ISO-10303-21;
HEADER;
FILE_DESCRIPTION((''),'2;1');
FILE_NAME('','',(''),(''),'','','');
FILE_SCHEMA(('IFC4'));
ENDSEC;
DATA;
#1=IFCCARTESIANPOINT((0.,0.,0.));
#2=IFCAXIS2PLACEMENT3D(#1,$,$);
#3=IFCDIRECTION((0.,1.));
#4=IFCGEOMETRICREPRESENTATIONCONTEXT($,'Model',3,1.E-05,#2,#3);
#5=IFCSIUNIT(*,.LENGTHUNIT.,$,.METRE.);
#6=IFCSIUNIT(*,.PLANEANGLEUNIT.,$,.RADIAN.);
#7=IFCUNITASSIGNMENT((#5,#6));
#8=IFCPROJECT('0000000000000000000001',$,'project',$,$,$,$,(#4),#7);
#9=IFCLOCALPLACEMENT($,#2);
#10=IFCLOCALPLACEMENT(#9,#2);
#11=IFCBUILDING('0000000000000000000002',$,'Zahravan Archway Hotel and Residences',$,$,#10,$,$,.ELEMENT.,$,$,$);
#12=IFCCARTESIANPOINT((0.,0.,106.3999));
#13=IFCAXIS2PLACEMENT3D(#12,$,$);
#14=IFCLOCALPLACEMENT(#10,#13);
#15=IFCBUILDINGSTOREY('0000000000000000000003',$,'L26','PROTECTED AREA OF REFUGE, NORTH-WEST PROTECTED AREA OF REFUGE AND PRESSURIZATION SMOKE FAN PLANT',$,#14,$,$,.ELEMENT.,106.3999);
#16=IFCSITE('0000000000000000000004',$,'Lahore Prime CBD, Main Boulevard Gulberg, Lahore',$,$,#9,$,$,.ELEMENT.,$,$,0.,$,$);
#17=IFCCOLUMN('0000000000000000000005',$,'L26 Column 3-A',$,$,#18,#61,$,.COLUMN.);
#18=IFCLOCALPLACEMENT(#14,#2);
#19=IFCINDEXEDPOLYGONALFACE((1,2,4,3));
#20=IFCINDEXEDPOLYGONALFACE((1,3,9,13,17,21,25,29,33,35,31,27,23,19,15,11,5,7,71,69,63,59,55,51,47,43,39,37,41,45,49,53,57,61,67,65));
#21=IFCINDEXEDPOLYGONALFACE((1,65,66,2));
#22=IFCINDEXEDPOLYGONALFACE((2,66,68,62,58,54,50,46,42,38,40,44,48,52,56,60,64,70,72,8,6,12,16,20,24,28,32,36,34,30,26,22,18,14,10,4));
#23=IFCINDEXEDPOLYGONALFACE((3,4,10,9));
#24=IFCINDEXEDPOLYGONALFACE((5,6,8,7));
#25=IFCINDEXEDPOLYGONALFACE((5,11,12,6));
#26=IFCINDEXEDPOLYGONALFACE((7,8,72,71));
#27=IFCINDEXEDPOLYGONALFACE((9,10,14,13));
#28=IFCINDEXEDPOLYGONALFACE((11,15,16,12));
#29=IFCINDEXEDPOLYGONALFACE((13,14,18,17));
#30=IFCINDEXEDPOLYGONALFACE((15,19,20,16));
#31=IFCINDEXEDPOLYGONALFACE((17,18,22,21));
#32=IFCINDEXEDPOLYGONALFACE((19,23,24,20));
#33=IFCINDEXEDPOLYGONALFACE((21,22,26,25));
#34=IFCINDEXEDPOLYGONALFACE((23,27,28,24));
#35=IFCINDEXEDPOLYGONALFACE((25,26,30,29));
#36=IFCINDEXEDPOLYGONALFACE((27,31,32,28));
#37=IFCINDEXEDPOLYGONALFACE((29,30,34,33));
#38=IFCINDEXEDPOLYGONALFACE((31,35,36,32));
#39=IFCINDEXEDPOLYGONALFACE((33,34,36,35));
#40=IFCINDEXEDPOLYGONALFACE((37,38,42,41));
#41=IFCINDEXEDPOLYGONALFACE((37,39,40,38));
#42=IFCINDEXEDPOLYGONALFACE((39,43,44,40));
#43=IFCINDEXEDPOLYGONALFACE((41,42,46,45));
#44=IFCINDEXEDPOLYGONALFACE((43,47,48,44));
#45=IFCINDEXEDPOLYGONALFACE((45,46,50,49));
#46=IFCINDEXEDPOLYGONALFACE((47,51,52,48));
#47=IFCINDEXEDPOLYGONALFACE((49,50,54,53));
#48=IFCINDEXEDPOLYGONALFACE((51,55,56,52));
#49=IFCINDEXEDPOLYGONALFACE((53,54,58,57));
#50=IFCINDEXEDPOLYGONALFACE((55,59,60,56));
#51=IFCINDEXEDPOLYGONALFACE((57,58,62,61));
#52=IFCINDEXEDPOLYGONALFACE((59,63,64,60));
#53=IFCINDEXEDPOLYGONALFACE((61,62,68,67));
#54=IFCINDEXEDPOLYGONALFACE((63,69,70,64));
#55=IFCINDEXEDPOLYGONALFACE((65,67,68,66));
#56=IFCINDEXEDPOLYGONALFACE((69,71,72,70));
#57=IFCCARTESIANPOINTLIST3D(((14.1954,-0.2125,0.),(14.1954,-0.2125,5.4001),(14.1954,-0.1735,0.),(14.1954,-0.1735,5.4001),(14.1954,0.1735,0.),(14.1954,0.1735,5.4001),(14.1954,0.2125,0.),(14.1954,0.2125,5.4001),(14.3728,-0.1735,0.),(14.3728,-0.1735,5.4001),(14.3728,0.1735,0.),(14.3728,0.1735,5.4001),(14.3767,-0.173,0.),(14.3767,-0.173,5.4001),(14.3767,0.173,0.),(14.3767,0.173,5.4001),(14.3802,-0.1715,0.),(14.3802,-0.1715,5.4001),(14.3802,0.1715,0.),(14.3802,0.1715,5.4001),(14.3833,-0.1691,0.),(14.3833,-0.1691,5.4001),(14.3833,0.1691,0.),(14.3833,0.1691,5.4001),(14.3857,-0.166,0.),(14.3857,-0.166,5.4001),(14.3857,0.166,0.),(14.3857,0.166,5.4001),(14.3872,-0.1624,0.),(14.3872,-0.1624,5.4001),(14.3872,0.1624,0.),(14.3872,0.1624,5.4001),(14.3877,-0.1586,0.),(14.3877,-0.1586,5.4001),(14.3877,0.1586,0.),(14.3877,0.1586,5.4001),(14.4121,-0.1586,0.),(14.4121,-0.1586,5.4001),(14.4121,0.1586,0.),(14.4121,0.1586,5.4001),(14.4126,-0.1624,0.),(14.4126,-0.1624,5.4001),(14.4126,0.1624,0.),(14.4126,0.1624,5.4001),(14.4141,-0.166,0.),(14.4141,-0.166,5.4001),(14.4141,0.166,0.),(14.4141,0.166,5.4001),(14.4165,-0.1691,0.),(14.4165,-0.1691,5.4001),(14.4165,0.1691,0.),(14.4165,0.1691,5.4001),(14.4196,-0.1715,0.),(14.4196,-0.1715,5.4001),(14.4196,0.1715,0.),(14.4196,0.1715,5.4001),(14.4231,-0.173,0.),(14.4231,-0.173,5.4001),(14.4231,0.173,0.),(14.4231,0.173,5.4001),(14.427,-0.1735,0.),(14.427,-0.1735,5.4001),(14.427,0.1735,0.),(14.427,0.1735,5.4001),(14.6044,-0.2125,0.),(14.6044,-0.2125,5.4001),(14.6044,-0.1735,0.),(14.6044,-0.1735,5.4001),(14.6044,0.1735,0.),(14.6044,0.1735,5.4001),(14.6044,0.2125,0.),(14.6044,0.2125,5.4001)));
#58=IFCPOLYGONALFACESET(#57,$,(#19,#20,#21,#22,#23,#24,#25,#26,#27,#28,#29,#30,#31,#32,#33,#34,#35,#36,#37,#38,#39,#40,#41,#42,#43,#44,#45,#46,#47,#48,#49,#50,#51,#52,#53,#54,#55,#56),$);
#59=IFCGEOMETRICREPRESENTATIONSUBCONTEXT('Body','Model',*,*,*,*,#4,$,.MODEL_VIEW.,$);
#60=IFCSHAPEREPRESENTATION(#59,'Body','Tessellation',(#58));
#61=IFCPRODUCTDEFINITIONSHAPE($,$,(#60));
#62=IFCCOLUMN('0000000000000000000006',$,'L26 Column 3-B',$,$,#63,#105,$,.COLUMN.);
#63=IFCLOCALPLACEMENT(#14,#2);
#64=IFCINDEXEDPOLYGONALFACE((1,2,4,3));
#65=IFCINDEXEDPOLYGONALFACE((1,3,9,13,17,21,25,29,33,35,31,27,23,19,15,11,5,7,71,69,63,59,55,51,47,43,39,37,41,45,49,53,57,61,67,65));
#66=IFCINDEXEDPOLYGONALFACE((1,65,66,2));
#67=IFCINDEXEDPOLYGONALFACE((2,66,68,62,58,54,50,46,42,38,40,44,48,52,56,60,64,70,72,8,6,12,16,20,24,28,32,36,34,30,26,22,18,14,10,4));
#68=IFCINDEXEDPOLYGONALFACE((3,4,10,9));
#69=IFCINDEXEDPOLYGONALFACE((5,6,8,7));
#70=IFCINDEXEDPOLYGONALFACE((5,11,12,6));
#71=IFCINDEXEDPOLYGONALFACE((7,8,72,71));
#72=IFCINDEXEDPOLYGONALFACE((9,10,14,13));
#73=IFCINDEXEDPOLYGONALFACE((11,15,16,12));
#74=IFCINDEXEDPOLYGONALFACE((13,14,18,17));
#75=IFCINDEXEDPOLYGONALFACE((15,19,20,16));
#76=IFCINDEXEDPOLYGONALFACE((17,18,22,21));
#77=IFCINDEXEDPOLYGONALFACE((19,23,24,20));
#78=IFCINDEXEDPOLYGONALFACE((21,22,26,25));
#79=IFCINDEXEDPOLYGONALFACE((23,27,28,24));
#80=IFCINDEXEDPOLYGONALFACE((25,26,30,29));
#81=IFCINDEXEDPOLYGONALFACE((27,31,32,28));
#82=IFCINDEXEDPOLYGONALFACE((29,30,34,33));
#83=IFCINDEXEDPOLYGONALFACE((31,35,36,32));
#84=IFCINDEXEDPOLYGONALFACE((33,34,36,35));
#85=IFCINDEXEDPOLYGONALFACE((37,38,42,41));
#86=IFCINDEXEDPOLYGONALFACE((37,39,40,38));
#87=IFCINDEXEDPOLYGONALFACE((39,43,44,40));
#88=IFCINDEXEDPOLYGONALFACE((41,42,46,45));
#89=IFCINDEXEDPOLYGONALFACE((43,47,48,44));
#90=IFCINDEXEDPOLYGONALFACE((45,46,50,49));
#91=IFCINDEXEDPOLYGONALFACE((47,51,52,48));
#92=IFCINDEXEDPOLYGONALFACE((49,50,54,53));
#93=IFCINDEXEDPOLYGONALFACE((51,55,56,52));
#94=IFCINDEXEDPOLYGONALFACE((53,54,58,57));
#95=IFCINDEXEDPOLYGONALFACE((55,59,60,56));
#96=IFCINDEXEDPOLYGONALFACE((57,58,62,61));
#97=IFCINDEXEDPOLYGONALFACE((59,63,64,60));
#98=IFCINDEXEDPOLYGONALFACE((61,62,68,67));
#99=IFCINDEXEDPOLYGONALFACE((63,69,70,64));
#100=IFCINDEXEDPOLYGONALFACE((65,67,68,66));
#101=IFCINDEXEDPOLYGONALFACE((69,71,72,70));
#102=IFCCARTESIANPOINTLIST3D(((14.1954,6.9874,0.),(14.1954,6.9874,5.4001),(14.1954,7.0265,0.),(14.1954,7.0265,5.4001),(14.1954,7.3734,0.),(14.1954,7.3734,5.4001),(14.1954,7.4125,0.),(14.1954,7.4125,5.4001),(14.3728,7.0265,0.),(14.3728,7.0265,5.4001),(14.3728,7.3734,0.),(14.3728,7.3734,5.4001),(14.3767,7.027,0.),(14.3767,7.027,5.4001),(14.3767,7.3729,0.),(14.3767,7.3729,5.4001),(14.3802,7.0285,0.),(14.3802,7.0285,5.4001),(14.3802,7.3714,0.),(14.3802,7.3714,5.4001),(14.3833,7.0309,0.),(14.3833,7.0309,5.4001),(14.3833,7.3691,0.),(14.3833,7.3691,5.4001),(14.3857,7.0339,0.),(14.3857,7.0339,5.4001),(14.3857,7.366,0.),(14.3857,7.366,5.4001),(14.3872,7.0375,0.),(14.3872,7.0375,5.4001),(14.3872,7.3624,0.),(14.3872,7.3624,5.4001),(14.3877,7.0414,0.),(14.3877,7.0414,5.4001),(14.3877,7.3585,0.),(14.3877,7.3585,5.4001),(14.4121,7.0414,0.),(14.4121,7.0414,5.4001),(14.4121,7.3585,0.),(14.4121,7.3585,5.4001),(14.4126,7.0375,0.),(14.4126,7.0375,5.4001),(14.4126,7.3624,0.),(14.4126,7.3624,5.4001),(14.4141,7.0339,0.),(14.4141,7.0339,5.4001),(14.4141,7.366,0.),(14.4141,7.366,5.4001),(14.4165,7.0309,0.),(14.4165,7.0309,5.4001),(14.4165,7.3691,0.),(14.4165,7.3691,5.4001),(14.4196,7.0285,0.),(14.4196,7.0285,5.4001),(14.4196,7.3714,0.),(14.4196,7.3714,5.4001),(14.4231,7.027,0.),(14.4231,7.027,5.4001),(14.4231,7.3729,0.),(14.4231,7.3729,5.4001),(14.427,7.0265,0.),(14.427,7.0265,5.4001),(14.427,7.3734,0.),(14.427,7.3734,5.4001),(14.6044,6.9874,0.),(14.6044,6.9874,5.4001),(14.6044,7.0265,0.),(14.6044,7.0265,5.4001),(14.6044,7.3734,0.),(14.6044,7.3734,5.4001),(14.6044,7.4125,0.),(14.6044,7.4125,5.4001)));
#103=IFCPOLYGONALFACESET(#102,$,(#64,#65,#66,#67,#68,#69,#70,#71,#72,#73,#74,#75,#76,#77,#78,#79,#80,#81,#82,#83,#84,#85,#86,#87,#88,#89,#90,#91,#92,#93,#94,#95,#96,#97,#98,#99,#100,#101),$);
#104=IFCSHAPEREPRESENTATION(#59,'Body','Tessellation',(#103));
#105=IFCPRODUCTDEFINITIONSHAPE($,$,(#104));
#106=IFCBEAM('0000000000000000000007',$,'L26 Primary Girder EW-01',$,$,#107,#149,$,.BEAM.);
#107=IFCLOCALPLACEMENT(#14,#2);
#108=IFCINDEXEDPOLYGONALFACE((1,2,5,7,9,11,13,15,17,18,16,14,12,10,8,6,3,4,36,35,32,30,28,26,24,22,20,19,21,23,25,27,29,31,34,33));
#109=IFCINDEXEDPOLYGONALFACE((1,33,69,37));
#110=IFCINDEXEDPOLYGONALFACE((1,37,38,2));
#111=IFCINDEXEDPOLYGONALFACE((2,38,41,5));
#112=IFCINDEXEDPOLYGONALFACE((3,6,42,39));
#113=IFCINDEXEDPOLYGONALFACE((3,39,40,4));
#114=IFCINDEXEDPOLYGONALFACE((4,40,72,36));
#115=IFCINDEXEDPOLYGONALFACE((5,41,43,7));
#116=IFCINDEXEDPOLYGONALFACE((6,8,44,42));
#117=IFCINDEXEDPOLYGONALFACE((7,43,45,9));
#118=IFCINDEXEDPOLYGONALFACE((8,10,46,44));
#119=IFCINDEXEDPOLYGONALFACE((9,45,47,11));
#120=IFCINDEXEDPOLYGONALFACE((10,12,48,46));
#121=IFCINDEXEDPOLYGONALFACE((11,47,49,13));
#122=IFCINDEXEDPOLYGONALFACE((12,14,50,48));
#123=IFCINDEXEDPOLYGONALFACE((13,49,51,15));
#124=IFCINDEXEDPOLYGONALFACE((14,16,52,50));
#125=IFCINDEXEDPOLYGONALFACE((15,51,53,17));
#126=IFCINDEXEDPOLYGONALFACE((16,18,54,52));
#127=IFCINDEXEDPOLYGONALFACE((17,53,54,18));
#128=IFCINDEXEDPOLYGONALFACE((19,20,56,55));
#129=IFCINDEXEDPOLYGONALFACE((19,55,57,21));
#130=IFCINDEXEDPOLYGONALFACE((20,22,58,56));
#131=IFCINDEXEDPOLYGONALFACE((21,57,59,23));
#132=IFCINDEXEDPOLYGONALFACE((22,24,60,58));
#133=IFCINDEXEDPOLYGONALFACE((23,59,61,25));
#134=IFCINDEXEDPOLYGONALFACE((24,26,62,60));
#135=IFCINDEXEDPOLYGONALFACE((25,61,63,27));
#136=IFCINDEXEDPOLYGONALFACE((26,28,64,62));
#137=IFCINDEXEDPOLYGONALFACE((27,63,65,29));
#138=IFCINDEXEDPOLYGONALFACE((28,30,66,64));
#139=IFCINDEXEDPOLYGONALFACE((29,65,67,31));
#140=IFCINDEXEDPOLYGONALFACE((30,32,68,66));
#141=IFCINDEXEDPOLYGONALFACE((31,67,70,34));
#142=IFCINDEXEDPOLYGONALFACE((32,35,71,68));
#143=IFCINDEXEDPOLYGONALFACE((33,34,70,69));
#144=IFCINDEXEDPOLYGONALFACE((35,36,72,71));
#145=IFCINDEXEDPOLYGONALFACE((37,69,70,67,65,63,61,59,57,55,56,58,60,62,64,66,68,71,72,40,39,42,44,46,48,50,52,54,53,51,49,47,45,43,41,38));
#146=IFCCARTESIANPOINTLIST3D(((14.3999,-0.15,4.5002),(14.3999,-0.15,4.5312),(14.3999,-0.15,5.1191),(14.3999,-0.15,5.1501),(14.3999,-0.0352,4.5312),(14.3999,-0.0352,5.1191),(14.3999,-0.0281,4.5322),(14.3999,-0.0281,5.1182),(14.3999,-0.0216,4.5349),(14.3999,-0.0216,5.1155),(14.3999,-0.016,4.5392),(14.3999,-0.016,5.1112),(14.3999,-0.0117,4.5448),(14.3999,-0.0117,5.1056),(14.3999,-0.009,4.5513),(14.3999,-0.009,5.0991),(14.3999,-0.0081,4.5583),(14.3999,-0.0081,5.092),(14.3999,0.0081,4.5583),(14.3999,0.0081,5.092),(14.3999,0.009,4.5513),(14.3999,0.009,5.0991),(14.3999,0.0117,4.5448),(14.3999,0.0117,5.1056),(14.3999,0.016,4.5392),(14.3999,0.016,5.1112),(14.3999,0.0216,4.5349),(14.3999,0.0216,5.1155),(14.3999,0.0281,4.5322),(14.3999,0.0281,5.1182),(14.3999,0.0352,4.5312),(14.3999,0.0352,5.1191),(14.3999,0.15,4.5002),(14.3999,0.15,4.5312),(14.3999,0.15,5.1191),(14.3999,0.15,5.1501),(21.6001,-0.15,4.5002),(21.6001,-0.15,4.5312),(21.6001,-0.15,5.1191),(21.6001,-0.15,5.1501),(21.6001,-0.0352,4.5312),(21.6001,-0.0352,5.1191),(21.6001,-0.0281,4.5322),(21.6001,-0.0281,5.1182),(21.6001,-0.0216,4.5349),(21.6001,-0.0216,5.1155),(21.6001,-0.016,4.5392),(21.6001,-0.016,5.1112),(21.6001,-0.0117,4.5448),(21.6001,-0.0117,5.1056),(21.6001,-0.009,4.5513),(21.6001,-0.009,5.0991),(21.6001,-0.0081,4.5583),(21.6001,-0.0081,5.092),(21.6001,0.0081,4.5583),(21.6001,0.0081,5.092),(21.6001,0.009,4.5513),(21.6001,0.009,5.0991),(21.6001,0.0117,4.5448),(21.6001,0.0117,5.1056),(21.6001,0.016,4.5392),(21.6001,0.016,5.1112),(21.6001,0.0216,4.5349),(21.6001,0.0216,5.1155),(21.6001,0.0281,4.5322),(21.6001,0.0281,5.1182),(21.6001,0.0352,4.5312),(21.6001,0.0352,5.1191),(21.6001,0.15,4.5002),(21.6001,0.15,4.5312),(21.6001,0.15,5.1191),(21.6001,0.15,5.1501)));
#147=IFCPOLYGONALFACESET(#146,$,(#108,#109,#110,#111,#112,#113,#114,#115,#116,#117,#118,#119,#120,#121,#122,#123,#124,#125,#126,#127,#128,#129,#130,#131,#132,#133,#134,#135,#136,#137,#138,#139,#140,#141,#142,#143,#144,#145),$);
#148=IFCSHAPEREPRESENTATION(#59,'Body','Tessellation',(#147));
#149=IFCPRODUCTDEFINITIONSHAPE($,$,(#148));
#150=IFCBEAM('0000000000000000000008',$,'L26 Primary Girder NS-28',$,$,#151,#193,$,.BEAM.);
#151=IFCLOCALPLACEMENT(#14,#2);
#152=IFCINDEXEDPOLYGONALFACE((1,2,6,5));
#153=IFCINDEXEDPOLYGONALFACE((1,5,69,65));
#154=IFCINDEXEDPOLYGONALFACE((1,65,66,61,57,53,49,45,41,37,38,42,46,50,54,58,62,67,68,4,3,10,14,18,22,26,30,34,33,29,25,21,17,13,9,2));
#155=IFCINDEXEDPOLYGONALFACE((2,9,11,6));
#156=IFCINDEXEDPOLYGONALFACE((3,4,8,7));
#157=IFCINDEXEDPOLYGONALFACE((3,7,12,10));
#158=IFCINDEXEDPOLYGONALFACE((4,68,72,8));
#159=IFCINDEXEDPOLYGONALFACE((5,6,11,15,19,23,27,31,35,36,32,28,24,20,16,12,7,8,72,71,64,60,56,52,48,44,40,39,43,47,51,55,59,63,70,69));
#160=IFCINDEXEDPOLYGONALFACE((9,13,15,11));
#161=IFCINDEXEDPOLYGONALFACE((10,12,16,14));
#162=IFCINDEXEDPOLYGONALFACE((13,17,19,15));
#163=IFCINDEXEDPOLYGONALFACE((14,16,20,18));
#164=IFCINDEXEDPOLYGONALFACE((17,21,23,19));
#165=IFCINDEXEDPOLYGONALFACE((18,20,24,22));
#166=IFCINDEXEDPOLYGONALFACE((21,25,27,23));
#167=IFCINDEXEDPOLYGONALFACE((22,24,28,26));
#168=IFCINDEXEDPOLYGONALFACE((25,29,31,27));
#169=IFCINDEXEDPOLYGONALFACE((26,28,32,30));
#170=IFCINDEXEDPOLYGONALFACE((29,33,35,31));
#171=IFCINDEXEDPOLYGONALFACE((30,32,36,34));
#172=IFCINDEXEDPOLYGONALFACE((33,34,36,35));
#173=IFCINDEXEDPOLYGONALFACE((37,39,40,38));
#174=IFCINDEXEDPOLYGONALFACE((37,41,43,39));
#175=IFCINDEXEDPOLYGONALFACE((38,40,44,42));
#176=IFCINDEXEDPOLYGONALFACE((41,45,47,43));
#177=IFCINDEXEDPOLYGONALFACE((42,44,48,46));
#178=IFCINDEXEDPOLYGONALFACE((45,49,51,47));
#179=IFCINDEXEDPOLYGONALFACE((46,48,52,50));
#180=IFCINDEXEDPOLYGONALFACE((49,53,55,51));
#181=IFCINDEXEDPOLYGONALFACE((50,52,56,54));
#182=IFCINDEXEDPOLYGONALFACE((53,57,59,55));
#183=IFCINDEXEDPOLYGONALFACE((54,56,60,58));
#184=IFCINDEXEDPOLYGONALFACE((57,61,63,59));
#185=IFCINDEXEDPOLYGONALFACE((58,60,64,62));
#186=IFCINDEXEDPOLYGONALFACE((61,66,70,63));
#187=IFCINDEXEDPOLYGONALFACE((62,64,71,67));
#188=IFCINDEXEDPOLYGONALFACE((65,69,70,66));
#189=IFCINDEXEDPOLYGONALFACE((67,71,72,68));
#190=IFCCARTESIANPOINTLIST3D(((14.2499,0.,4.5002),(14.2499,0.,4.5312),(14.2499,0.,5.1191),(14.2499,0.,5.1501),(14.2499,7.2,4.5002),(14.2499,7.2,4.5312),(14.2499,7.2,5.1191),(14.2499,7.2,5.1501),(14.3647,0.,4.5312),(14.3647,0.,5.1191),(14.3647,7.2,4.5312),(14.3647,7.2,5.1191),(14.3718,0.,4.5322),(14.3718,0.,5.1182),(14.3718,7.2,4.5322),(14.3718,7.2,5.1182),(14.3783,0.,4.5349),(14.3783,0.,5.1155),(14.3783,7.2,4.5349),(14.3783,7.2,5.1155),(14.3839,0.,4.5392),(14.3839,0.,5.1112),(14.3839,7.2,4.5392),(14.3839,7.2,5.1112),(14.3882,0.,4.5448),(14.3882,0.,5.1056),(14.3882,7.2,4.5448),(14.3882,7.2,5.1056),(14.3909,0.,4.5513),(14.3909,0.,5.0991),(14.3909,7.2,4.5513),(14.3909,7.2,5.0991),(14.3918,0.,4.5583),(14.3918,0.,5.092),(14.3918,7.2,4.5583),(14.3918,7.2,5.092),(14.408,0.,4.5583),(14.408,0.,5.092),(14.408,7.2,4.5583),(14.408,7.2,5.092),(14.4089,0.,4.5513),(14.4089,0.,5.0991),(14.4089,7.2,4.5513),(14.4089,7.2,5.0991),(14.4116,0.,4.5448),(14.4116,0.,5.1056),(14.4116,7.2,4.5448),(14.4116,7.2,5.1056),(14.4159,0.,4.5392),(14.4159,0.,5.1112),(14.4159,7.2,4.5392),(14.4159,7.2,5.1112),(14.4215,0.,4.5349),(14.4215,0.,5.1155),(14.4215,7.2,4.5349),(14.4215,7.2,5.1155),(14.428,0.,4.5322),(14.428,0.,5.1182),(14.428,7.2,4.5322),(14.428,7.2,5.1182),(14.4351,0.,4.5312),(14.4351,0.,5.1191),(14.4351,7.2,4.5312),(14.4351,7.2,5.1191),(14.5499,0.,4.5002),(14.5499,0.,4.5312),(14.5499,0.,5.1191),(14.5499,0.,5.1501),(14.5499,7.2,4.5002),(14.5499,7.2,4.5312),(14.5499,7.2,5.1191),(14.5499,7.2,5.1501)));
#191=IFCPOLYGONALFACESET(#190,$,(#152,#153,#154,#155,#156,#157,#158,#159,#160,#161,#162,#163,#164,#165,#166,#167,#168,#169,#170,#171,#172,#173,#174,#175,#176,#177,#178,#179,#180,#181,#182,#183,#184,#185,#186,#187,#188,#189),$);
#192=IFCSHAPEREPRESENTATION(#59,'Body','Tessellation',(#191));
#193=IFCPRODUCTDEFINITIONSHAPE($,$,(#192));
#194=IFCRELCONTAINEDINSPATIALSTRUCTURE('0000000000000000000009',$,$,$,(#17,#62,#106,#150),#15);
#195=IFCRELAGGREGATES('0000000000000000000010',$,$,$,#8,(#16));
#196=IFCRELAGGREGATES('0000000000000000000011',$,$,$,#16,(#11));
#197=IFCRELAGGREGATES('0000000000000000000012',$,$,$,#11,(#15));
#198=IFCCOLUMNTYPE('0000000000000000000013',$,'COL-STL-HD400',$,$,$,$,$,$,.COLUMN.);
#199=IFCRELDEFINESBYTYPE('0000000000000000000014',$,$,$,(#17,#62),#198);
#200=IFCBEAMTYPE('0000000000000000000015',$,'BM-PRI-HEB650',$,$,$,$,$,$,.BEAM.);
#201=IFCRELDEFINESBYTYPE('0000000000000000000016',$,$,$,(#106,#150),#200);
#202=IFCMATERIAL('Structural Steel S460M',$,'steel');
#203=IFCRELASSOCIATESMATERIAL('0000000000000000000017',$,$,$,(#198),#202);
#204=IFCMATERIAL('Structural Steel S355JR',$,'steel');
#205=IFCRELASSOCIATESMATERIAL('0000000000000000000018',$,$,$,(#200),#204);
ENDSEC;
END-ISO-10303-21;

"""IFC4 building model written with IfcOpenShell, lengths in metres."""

from ifc_helpers import new_model, si_unit, direction, frame, origin, origin_2d, place, context, subcontext, project, spatial, i_section, extrude, source, transform, mapped, material, material_profile, profile_set, type_object, type_shapes, element, save


model = new_model("IFC4")

# Units and contexts
model_context = context("Model", 3, precision=1e-05, world=origin(), true_north=direction((0.0, 1.0)))
body_context = subcontext(model_context, "Body", "Model", "MODEL_VIEW")
ifc_project = project(units=[si_unit("LENGTHUNIT", "METRE"), si_unit("PLANEANGLEUNIT", "RADIAN")], contexts=[model_context])

# Site, building, storey
site_placement = place(None, origin())
site = spatial("IfcSite", under=ifc_project, at=site_placement, Name="Lahore Prime CBD, Main Boulevard Gulberg, Lahore", CompositionType="ELEMENT", RefElevation=0.0)
building_placement = place(site_placement, origin())
building = spatial("IfcBuilding", under=site, at=building_placement, Name="Zahravan Archway Hotel and Residences", CompositionType="ELEMENT")
storey_placement = place(building_placement, frame((0.0, 0.0, 106.3999)))
storey = spatial("IfcBuildingStorey", under=building, at=storey_placement, Name="L26", Description="PROTECTED AREA OF REFUGE, NORTH-WEST PROTECTED AREA OF REFUGE AND PRESSURIZATION SMOKE FAN PLANT", CompositionType="ELEMENT", Elevation=106.3999)

# Columns
ifc_material_1 = material(Name="Structural Steel S460M", Category="steel")
ifc_material_profile_1 = material_profile(ifc_material_1, i_section(OverallWidth=0.4089, OverallDepth=0.425, WebThickness=0.0244, FlangeThickness=0.0391, FilletRadius=0.0149, at=origin_2d()), Name="HD 400x421", Category="steel")
ifc_profile_set_1 = profile_set([ifc_material_profile_1], Name="Structural Steel S460M")
column_type = type_object("IfcColumnType", Name="COL-STL-HD400", PredefinedType="COLUMN", material=ifc_profile_set_1)
shared_shape_1 = source(origin(), body_context, "Body", "SweptSolid", [
    extrude(i_section(OverallWidth=0.4089, OverallDepth=0.425, WebThickness=0.0244, FlangeThickness=0.0391, FilletRadius=0.0149, at=origin_2d()), origin(), (0.0, 0.0, 1.0), 5.4001),
])
for number, where, z_axis, x_axis, name in (
    (1, (14.3999, 0.0, 0.0), (0.0, 0.0, 1.0), (1.0, 0.0, 0.0), "L26 Column 3-A"),
    (2, (14.3999, 7.2, 0.0), (0.0, 0.0, 1.0), (1.0, 0.0, 0.0), "L26 Column 3-B"),
):
    element("IfcColumn", number, at=place(storey_placement, frame(where, z_axis=z_axis, x_axis=x_axis)), inside=storey, type_object=column_type, Name=name, PredefinedType="COLUMN", context=body_context, shape_type="MappedRepresentation", body=[
        mapped(shared_shape_1, transform((0.0, 0.0, 0.0), scale=1.0)),
    ])

# Beams
ifc_material_2 = material(Name="Structural Steel S355JR", Category="steel")
ifc_material_profile_2 = material_profile(ifc_material_2, i_section(OverallWidth=0.3, OverallDepth=0.6499, WebThickness=0.0161, FlangeThickness=0.031, FilletRadius=0.0271, at=origin_2d()), Name="HEB 650", Category="steel")
ifc_profile_set_2 = profile_set([ifc_material_profile_2], Name="Structural Steel S355JR")
beam_type_1 = type_object("IfcBeamType", Name="BM-PRI-HEB650", PredefinedType="BEAM", material=ifc_profile_set_2)
shared_shape_2 = source(origin(), body_context, "Body", "SweptSolid", [
    extrude(i_section(OverallWidth=0.3, OverallDepth=0.6499, WebThickness=0.0161, FlangeThickness=0.031, FilletRadius=0.0271, at=origin_2d()), origin(), (0.0, 0.0, 1.0), 7.2002),
])
type_shapes(beam_type_1, [shared_shape_2])
beam_1_placement = place(storey_placement, frame((14.3999, 0.0, 4.8252), z_axis=(1.0, 0.0, 0.0), x_axis=(0.0, 1.0, 0.0)))
element("IfcBeam", 3, at=beam_1_placement, inside=storey, type_object=beam_type_1, Name="L26 Primary Girder EW-01", PredefinedType="BEAM", context=body_context, shape_type="MappedRepresentation", body=[
    mapped(shared_shape_2, transform((0.0, 0.0, 0.0), scale=1.0)),
])
shared_shape_3 = source(origin(), body_context, "Body", "SweptSolid", [
    extrude(i_section(OverallWidth=0.3, OverallDepth=0.6499, WebThickness=0.0161, FlangeThickness=0.031, FilletRadius=0.0271, at=origin_2d()), origin(), (0.0, 0.0, 1.0), 7.2),
])
for number, where, z_axis, x_axis, name in (
    (4, (14.3999, 0.0, 4.8252), (0.0, 1.0, 0.0), (-1.0, 0.0, 0.0), "L26 Primary Girder NS-28"),
):
    element("IfcBeam", number, at=place(storey_placement, frame(where, z_axis=z_axis, x_axis=x_axis)), inside=storey, type_object=beam_type_1, Name=name, PredefinedType="BEAM", context=body_context, shape_type="MappedRepresentation", body=[
        mapped(shared_shape_3, transform((0.0, 0.0, 0.0), scale=1.0)),
    ])

save(model, "model.ifc")
